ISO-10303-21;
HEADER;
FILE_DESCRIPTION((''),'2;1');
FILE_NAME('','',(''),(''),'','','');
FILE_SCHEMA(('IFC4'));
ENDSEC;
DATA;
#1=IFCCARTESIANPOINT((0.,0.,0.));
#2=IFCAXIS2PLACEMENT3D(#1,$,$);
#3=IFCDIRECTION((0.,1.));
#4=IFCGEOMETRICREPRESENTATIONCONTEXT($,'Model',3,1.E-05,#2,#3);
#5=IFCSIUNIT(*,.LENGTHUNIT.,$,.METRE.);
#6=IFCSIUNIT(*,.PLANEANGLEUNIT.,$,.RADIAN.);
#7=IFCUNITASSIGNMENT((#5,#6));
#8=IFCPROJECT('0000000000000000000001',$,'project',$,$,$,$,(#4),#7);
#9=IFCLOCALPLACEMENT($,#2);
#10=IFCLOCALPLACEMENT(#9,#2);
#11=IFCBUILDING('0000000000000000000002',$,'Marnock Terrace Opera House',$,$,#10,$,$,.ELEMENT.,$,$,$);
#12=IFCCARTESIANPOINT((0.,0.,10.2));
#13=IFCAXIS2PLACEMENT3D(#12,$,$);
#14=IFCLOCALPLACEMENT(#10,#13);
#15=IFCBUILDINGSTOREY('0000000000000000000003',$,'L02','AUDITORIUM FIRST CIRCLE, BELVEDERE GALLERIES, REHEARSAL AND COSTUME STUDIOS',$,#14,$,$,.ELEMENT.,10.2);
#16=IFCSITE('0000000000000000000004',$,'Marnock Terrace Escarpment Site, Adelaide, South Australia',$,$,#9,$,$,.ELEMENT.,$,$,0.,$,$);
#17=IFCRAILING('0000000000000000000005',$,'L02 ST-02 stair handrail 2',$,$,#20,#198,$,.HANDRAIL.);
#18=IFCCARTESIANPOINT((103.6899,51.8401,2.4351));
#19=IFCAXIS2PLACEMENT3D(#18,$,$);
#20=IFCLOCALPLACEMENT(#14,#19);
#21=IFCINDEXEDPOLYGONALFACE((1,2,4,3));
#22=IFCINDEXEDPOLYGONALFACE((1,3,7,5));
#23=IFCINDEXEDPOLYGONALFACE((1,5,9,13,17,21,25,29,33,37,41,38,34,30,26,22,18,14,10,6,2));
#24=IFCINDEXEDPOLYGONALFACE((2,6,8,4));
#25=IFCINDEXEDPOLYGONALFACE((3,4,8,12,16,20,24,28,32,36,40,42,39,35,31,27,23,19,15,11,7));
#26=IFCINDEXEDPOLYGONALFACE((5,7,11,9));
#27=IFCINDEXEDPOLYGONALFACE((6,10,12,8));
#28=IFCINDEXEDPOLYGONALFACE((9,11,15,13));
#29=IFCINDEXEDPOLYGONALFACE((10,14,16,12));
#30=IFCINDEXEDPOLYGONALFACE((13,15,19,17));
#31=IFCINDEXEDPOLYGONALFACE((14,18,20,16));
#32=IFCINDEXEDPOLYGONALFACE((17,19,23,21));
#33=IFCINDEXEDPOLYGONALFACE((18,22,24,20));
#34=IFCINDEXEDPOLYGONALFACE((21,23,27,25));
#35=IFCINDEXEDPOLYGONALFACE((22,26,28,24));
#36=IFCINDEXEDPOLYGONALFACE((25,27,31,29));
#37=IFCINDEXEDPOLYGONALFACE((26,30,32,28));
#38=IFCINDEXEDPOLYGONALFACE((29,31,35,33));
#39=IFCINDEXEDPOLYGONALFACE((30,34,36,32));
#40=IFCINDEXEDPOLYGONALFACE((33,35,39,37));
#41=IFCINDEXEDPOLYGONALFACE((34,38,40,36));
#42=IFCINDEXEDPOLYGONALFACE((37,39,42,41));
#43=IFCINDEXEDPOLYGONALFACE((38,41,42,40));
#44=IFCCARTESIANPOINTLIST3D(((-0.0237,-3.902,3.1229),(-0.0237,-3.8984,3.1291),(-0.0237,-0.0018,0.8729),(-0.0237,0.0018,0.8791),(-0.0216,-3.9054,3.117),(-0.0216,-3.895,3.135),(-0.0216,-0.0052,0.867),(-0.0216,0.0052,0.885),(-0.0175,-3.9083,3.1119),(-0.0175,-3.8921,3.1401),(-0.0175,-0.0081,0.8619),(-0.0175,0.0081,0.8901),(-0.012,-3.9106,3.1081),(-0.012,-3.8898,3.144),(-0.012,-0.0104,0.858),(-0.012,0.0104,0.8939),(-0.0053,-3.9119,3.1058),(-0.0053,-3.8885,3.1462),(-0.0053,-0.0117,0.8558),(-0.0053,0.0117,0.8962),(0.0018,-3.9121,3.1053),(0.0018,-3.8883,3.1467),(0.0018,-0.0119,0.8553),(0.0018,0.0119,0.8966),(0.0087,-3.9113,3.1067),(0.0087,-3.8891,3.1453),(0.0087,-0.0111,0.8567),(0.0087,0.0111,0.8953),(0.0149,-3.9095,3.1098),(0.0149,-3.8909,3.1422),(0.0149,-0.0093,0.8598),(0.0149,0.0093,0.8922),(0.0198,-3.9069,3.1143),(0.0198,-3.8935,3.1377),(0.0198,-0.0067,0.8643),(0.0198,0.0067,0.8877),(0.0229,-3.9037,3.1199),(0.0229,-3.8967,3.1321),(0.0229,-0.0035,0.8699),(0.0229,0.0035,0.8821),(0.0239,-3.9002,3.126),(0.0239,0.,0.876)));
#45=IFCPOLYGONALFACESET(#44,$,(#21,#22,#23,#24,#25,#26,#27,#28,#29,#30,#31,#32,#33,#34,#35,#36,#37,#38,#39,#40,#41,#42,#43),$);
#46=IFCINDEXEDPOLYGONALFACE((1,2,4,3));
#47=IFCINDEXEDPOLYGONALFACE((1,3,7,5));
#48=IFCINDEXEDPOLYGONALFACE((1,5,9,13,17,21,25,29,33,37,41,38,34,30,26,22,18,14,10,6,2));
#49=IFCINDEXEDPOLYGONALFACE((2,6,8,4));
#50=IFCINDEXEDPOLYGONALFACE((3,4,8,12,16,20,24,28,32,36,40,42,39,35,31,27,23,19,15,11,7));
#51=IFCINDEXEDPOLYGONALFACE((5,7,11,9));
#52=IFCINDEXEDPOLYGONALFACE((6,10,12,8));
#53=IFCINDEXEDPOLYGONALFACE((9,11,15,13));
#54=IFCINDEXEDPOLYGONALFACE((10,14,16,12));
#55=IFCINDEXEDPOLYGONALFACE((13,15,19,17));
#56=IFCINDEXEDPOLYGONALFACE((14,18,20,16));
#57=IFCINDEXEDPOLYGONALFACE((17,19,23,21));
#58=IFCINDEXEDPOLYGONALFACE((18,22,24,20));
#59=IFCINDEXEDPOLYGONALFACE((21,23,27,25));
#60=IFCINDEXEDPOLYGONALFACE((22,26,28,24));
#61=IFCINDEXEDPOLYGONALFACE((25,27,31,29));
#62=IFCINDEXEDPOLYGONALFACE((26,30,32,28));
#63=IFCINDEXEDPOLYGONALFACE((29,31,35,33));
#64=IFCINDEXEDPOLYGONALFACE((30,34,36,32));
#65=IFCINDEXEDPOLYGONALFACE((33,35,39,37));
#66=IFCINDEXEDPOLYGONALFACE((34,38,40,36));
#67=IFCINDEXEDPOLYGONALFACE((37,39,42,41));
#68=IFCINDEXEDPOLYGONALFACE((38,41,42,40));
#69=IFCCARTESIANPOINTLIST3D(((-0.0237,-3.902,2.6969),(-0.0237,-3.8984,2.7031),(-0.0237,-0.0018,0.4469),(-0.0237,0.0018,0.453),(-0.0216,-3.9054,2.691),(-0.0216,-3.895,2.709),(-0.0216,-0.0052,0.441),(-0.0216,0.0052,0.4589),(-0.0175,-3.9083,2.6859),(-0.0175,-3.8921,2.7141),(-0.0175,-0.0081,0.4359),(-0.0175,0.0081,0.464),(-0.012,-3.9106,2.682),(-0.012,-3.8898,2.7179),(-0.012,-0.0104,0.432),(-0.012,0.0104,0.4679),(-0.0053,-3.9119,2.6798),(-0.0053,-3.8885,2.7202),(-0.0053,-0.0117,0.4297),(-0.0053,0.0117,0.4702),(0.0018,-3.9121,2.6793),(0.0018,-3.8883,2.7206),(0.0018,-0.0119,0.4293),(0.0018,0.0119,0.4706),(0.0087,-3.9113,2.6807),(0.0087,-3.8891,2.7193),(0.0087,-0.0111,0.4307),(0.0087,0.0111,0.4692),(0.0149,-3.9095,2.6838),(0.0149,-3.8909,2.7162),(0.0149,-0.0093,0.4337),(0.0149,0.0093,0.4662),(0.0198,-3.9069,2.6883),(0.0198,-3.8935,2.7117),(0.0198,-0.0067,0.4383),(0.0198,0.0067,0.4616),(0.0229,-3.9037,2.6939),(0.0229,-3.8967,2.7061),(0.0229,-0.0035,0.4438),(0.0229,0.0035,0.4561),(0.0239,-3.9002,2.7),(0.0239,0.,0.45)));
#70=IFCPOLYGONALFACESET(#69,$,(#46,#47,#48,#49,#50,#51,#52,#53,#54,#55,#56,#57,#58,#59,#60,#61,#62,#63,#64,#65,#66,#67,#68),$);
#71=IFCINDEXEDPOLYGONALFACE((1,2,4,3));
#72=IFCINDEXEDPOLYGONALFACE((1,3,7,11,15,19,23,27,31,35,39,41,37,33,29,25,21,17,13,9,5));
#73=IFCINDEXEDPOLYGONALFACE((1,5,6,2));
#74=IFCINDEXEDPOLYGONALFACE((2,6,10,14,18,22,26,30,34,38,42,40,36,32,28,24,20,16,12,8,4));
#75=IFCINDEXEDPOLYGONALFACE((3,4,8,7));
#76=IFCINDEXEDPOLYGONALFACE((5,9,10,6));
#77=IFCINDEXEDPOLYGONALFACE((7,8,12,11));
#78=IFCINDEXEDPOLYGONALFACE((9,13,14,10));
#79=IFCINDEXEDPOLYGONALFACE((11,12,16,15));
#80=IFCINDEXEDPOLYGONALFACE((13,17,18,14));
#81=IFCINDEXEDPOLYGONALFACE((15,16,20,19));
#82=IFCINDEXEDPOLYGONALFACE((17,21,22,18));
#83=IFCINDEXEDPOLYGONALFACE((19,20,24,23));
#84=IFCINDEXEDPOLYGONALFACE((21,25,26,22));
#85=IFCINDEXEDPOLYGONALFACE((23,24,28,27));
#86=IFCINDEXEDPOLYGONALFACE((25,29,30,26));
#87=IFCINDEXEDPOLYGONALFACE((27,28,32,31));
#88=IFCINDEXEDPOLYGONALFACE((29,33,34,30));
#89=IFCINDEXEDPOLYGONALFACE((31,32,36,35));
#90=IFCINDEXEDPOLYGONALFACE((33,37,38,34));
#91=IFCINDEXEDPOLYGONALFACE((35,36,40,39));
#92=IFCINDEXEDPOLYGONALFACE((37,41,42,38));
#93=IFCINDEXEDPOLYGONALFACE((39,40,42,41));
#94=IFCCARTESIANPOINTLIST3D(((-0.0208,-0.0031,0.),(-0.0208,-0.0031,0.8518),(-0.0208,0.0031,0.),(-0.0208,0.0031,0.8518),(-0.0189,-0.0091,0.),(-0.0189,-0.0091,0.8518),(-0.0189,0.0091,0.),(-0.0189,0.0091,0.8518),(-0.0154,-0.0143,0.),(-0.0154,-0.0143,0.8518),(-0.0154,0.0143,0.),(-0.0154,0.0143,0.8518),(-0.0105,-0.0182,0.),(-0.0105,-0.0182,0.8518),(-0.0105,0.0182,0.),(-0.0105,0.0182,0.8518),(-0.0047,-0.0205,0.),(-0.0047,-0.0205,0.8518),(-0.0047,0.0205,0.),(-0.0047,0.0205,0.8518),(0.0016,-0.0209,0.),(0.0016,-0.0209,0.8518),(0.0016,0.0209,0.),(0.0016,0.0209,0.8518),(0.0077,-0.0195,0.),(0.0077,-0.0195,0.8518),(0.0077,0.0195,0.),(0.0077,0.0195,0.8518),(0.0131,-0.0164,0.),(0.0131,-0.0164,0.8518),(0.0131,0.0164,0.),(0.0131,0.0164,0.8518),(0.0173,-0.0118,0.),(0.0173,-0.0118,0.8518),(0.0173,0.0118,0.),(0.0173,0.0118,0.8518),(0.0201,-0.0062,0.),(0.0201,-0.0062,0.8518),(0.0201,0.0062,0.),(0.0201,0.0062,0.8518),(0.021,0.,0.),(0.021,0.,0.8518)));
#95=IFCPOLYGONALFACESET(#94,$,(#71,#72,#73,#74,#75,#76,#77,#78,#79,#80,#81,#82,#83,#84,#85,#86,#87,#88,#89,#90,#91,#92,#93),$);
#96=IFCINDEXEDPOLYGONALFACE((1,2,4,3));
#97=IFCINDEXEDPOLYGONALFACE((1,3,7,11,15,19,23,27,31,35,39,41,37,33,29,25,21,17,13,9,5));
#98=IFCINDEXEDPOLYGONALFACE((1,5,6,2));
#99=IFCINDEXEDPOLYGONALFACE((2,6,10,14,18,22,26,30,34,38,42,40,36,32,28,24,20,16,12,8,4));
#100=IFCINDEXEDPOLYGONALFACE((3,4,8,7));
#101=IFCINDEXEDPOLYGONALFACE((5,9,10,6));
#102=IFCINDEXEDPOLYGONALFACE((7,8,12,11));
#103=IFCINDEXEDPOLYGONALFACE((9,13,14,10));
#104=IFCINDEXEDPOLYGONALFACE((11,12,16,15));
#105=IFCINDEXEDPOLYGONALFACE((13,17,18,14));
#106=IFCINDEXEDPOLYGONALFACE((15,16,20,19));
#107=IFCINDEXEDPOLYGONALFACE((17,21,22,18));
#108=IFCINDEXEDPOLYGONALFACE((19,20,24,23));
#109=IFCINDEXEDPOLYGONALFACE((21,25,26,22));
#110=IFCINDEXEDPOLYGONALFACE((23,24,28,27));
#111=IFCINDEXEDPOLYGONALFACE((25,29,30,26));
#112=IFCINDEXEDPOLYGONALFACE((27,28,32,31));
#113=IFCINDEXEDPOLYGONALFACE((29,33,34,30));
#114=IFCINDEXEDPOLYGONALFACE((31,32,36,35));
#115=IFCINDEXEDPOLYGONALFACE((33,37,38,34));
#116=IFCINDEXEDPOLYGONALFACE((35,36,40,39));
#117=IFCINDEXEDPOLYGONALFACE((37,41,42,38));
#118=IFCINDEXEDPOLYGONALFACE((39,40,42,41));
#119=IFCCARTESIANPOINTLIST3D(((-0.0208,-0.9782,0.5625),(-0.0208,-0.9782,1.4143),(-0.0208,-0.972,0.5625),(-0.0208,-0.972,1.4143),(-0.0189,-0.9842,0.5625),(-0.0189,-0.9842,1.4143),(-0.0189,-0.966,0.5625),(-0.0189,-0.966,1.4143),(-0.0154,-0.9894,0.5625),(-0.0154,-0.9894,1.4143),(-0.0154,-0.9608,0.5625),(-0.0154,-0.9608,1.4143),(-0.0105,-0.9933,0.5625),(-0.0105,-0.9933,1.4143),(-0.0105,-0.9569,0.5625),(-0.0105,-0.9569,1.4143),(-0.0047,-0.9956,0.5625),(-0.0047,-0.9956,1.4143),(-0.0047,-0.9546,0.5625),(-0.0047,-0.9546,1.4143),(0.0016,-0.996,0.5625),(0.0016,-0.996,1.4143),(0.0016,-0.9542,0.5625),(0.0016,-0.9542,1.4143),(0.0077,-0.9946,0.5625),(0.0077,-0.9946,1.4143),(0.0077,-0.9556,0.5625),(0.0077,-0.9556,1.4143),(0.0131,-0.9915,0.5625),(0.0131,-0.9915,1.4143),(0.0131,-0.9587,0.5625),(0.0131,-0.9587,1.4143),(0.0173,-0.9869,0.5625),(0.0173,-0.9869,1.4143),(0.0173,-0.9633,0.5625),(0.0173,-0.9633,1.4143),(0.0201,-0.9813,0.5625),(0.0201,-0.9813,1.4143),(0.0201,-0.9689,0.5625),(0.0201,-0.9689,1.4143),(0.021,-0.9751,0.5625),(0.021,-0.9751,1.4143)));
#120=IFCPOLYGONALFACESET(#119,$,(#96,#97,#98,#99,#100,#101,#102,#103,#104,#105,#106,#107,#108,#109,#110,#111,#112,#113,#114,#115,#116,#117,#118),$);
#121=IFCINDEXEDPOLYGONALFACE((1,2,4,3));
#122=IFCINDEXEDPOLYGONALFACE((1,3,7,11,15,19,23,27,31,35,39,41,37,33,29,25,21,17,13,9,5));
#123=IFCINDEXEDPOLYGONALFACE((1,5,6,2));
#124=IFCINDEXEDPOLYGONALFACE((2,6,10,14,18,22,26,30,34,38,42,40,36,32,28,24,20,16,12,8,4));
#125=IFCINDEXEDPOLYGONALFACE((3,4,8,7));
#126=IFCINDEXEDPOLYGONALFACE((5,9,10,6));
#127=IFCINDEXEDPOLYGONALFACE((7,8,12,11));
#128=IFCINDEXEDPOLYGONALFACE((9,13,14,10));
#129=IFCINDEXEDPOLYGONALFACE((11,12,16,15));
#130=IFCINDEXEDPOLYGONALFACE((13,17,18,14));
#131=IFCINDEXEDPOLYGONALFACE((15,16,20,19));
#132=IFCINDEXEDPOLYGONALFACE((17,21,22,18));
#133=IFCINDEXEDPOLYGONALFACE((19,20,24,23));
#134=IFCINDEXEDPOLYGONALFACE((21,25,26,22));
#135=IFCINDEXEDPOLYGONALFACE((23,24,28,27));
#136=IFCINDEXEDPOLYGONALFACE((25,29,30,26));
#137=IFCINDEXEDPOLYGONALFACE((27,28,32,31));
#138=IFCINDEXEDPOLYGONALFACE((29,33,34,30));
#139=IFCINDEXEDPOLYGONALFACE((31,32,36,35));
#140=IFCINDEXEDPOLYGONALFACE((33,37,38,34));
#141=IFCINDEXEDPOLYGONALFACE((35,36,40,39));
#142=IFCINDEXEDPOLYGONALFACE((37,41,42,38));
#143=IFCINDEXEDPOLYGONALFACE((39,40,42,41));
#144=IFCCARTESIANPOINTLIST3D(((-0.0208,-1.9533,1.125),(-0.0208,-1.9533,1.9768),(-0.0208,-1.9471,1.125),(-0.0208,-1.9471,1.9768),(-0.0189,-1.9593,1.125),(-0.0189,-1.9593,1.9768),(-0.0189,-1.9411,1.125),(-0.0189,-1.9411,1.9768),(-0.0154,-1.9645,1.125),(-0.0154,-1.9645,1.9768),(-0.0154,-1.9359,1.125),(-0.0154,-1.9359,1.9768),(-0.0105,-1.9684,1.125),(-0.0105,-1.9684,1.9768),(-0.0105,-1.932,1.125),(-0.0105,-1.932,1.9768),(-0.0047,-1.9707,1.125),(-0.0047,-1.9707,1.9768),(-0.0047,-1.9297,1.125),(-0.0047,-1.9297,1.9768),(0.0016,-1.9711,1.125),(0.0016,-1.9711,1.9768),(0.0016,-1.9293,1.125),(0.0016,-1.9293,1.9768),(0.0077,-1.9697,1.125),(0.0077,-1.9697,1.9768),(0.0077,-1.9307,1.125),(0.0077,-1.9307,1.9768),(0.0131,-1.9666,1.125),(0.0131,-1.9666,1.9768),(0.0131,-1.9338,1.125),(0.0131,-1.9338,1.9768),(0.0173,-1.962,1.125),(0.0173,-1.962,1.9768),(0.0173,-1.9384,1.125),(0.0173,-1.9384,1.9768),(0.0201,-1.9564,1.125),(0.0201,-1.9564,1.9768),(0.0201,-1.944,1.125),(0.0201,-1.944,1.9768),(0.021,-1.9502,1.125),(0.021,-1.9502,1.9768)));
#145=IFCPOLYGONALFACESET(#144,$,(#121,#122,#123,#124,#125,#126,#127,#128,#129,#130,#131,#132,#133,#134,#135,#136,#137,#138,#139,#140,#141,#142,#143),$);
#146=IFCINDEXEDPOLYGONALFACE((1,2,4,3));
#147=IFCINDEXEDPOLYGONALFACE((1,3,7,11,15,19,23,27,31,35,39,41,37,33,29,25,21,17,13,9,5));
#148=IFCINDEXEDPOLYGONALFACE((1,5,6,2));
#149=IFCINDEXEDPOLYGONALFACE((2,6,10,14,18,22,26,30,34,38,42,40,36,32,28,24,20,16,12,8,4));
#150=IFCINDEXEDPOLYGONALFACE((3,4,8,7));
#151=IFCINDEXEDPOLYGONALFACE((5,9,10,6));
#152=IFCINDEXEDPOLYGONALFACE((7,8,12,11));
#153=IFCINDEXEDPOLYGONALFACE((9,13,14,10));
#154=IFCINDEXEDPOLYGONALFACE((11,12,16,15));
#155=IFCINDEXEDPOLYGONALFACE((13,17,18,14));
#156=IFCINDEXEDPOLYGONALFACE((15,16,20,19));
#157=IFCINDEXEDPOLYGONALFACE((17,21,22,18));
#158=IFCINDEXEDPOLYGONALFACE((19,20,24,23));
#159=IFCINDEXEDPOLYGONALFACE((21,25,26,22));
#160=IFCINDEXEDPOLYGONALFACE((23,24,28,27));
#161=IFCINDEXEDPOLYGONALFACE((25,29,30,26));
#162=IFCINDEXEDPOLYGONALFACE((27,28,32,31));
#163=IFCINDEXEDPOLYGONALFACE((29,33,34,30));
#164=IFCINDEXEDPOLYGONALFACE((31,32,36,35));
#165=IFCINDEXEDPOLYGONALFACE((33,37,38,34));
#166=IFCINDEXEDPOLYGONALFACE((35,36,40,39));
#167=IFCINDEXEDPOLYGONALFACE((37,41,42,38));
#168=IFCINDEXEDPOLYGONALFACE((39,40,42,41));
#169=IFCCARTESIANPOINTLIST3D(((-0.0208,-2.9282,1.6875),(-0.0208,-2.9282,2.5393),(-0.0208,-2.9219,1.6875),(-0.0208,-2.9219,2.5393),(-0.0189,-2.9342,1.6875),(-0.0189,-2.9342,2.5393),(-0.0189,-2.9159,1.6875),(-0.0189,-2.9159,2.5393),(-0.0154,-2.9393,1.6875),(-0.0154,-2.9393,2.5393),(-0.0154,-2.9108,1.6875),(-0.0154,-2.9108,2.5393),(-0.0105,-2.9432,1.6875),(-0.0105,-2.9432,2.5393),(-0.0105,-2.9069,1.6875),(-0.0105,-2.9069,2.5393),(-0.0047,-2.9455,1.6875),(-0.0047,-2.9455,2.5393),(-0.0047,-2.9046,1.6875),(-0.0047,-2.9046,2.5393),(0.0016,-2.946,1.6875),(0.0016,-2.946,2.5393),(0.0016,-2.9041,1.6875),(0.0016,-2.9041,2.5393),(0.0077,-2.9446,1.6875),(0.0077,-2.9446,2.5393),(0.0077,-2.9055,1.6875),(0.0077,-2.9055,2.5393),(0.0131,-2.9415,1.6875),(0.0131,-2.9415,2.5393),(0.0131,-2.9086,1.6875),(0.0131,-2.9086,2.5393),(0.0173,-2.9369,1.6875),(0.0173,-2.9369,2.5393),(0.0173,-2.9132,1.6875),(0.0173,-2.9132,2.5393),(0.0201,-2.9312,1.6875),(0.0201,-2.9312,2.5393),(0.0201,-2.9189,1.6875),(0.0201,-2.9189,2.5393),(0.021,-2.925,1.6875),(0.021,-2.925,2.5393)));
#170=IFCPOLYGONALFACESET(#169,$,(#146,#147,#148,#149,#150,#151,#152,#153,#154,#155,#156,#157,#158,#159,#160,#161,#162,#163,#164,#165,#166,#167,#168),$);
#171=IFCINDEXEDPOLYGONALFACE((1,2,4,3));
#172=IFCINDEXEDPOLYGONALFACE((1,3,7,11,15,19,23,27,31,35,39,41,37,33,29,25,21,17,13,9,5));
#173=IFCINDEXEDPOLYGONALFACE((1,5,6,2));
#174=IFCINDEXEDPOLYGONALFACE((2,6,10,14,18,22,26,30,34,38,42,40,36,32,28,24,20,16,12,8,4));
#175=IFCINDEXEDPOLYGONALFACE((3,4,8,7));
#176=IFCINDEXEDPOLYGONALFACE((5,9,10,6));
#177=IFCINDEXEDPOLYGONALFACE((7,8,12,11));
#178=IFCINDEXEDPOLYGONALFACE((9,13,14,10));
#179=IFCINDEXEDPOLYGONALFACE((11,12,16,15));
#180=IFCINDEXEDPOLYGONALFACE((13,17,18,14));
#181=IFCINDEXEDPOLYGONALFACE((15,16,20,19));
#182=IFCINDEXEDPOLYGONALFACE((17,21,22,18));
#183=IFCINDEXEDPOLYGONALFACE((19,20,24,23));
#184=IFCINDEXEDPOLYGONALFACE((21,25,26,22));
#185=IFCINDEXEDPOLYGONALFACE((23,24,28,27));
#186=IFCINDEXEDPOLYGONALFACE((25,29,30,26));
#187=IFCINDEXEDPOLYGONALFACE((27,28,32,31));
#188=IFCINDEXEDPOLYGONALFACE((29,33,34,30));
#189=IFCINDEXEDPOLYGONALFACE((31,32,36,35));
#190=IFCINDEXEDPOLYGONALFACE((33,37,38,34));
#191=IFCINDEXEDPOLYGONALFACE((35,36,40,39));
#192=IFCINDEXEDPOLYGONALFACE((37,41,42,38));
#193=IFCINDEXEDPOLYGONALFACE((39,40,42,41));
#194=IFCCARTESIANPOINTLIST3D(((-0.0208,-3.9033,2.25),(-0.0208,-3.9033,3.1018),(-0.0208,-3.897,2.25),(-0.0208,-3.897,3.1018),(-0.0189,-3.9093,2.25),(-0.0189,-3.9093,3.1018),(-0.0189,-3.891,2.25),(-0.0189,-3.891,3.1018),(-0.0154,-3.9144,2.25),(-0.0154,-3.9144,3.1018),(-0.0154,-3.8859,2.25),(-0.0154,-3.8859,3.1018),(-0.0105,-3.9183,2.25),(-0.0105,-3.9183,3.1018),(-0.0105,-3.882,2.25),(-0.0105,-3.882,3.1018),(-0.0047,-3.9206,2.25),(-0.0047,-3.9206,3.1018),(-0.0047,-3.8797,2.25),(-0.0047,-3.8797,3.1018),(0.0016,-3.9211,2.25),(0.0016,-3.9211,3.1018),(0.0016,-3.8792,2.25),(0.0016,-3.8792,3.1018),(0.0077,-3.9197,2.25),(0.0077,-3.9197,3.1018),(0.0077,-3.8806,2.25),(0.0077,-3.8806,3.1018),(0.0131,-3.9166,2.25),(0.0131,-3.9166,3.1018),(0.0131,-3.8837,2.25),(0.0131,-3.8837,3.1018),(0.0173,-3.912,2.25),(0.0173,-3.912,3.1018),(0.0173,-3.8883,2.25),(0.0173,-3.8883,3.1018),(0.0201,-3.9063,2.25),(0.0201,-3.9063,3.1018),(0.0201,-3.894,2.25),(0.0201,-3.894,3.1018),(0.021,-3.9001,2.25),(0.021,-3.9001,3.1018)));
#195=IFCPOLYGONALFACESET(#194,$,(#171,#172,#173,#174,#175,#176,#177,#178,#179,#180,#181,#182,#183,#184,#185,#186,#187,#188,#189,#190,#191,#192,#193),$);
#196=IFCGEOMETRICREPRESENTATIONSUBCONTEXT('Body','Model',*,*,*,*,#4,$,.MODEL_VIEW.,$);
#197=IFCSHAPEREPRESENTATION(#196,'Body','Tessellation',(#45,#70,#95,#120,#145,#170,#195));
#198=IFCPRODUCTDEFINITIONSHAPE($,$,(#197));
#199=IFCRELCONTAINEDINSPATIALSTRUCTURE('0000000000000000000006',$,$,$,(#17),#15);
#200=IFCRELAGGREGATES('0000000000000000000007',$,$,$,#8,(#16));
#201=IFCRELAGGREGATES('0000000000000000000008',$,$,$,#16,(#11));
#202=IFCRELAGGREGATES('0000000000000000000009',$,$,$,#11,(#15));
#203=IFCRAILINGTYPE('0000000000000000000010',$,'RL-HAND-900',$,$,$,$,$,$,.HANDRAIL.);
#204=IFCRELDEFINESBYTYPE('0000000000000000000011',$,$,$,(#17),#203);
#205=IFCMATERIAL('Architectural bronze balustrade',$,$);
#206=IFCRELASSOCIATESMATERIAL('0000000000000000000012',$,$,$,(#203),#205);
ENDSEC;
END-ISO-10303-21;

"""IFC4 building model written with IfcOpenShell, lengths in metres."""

from ifc_helpers import new_model, si_unit, direction, frame, origin, origin_2d, place, context, subcontext, project, spatial, circle, extrude, material, type_object, element, save


model = new_model("IFC4")

# Units and contexts
model_context = context("Model", 3, precision=1e-05, world=origin(), true_north=direction((0.0, 1.0)))
body_context = subcontext(model_context, "Body", "Model", "MODEL_VIEW")
ifc_project = project(units=[si_unit("LENGTHUNIT", "METRE"), si_unit("PLANEANGLEUNIT", "RADIAN")], contexts=[model_context])

# Site, building, storey
site_placement = place(None, origin())
site = spatial("IfcSite", under=ifc_project, at=site_placement, Name="Marnock Terrace Escarpment Site, Adelaide, South Australia", CompositionType="ELEMENT", RefElevation=0.0)
building_placement = place(site_placement, origin())
building = spatial("IfcBuilding", under=site, at=building_placement, Name="Marnock Terrace Opera House", CompositionType="ELEMENT")
storey_placement = place(building_placement, frame((0.0, 0.0, 10.2)))
storey = spatial("IfcBuildingStorey", under=building, at=storey_placement, Name="L02", Description="AUDITORIUM FIRST CIRCLE, BELVEDERE GALLERIES, REHEARSAL AND COSTUME STUDIOS", CompositionType="ELEMENT", Elevation=10.2)

# Railing
ifc_material_1 = material(Name="Architectural bronze balustrade")
railing_type_1 = type_object("IfcRailingType", Name="RL-HAND-900", PredefinedType="HANDRAIL", material=ifc_material_1)
railing_1_placement = place(storey_placement, frame((103.6899, 51.8401, 2.4351)))
element("IfcRailing", 1, at=railing_1_placement, inside=storey, type_object=railing_type_1, Name="L02 ST-02 stair handrail 2", PredefinedType="HANDRAIL", context=body_context, shape_type="SweptSolid", body=[
    extrude(circle(Radius=0.0239, at=origin_2d()), frame((0.0, 0.0, 0.876), z_axis=(0.0, -0.866194, 0.499708), x_axis=(1.0, 0.0, 0.0)), (0.0, 0.0, 1.0), 4.5027),
    extrude(circle(Radius=0.0239, at=origin_2d()), frame((0.0, 0.0, 0.45), z_axis=(0.0, -0.866194, 0.499708), x_axis=(1.0, 0.0, 0.0)), (0.0, 0.0, 1.0), 4.5027),
    extrude(circle(Radius=0.021, at=origin_2d()), origin(), (0.0, 0.0, 1.0), 0.8518),
    extrude(circle(Radius=0.021, at=origin_2d()), frame((0.0, -0.9751, 0.5625)), (0.0, 0.0, 1.0), 0.8518),
    extrude(circle(Radius=0.021, at=origin_2d()), frame((0.0, -1.9502, 1.125)), (0.0, 0.0, 1.0), 0.8518),
    extrude(circle(Radius=0.021, at=origin_2d()), frame((0.0, -2.925, 1.6875)), (0.0, 0.0, 1.0), 0.8518),
    extrude(circle(Radius=0.021, at=origin_2d()), frame((0.0, -3.9001, 2.25)), (0.0, 0.0, 1.0), 0.8518),
])

save(model, "model.ifc")
